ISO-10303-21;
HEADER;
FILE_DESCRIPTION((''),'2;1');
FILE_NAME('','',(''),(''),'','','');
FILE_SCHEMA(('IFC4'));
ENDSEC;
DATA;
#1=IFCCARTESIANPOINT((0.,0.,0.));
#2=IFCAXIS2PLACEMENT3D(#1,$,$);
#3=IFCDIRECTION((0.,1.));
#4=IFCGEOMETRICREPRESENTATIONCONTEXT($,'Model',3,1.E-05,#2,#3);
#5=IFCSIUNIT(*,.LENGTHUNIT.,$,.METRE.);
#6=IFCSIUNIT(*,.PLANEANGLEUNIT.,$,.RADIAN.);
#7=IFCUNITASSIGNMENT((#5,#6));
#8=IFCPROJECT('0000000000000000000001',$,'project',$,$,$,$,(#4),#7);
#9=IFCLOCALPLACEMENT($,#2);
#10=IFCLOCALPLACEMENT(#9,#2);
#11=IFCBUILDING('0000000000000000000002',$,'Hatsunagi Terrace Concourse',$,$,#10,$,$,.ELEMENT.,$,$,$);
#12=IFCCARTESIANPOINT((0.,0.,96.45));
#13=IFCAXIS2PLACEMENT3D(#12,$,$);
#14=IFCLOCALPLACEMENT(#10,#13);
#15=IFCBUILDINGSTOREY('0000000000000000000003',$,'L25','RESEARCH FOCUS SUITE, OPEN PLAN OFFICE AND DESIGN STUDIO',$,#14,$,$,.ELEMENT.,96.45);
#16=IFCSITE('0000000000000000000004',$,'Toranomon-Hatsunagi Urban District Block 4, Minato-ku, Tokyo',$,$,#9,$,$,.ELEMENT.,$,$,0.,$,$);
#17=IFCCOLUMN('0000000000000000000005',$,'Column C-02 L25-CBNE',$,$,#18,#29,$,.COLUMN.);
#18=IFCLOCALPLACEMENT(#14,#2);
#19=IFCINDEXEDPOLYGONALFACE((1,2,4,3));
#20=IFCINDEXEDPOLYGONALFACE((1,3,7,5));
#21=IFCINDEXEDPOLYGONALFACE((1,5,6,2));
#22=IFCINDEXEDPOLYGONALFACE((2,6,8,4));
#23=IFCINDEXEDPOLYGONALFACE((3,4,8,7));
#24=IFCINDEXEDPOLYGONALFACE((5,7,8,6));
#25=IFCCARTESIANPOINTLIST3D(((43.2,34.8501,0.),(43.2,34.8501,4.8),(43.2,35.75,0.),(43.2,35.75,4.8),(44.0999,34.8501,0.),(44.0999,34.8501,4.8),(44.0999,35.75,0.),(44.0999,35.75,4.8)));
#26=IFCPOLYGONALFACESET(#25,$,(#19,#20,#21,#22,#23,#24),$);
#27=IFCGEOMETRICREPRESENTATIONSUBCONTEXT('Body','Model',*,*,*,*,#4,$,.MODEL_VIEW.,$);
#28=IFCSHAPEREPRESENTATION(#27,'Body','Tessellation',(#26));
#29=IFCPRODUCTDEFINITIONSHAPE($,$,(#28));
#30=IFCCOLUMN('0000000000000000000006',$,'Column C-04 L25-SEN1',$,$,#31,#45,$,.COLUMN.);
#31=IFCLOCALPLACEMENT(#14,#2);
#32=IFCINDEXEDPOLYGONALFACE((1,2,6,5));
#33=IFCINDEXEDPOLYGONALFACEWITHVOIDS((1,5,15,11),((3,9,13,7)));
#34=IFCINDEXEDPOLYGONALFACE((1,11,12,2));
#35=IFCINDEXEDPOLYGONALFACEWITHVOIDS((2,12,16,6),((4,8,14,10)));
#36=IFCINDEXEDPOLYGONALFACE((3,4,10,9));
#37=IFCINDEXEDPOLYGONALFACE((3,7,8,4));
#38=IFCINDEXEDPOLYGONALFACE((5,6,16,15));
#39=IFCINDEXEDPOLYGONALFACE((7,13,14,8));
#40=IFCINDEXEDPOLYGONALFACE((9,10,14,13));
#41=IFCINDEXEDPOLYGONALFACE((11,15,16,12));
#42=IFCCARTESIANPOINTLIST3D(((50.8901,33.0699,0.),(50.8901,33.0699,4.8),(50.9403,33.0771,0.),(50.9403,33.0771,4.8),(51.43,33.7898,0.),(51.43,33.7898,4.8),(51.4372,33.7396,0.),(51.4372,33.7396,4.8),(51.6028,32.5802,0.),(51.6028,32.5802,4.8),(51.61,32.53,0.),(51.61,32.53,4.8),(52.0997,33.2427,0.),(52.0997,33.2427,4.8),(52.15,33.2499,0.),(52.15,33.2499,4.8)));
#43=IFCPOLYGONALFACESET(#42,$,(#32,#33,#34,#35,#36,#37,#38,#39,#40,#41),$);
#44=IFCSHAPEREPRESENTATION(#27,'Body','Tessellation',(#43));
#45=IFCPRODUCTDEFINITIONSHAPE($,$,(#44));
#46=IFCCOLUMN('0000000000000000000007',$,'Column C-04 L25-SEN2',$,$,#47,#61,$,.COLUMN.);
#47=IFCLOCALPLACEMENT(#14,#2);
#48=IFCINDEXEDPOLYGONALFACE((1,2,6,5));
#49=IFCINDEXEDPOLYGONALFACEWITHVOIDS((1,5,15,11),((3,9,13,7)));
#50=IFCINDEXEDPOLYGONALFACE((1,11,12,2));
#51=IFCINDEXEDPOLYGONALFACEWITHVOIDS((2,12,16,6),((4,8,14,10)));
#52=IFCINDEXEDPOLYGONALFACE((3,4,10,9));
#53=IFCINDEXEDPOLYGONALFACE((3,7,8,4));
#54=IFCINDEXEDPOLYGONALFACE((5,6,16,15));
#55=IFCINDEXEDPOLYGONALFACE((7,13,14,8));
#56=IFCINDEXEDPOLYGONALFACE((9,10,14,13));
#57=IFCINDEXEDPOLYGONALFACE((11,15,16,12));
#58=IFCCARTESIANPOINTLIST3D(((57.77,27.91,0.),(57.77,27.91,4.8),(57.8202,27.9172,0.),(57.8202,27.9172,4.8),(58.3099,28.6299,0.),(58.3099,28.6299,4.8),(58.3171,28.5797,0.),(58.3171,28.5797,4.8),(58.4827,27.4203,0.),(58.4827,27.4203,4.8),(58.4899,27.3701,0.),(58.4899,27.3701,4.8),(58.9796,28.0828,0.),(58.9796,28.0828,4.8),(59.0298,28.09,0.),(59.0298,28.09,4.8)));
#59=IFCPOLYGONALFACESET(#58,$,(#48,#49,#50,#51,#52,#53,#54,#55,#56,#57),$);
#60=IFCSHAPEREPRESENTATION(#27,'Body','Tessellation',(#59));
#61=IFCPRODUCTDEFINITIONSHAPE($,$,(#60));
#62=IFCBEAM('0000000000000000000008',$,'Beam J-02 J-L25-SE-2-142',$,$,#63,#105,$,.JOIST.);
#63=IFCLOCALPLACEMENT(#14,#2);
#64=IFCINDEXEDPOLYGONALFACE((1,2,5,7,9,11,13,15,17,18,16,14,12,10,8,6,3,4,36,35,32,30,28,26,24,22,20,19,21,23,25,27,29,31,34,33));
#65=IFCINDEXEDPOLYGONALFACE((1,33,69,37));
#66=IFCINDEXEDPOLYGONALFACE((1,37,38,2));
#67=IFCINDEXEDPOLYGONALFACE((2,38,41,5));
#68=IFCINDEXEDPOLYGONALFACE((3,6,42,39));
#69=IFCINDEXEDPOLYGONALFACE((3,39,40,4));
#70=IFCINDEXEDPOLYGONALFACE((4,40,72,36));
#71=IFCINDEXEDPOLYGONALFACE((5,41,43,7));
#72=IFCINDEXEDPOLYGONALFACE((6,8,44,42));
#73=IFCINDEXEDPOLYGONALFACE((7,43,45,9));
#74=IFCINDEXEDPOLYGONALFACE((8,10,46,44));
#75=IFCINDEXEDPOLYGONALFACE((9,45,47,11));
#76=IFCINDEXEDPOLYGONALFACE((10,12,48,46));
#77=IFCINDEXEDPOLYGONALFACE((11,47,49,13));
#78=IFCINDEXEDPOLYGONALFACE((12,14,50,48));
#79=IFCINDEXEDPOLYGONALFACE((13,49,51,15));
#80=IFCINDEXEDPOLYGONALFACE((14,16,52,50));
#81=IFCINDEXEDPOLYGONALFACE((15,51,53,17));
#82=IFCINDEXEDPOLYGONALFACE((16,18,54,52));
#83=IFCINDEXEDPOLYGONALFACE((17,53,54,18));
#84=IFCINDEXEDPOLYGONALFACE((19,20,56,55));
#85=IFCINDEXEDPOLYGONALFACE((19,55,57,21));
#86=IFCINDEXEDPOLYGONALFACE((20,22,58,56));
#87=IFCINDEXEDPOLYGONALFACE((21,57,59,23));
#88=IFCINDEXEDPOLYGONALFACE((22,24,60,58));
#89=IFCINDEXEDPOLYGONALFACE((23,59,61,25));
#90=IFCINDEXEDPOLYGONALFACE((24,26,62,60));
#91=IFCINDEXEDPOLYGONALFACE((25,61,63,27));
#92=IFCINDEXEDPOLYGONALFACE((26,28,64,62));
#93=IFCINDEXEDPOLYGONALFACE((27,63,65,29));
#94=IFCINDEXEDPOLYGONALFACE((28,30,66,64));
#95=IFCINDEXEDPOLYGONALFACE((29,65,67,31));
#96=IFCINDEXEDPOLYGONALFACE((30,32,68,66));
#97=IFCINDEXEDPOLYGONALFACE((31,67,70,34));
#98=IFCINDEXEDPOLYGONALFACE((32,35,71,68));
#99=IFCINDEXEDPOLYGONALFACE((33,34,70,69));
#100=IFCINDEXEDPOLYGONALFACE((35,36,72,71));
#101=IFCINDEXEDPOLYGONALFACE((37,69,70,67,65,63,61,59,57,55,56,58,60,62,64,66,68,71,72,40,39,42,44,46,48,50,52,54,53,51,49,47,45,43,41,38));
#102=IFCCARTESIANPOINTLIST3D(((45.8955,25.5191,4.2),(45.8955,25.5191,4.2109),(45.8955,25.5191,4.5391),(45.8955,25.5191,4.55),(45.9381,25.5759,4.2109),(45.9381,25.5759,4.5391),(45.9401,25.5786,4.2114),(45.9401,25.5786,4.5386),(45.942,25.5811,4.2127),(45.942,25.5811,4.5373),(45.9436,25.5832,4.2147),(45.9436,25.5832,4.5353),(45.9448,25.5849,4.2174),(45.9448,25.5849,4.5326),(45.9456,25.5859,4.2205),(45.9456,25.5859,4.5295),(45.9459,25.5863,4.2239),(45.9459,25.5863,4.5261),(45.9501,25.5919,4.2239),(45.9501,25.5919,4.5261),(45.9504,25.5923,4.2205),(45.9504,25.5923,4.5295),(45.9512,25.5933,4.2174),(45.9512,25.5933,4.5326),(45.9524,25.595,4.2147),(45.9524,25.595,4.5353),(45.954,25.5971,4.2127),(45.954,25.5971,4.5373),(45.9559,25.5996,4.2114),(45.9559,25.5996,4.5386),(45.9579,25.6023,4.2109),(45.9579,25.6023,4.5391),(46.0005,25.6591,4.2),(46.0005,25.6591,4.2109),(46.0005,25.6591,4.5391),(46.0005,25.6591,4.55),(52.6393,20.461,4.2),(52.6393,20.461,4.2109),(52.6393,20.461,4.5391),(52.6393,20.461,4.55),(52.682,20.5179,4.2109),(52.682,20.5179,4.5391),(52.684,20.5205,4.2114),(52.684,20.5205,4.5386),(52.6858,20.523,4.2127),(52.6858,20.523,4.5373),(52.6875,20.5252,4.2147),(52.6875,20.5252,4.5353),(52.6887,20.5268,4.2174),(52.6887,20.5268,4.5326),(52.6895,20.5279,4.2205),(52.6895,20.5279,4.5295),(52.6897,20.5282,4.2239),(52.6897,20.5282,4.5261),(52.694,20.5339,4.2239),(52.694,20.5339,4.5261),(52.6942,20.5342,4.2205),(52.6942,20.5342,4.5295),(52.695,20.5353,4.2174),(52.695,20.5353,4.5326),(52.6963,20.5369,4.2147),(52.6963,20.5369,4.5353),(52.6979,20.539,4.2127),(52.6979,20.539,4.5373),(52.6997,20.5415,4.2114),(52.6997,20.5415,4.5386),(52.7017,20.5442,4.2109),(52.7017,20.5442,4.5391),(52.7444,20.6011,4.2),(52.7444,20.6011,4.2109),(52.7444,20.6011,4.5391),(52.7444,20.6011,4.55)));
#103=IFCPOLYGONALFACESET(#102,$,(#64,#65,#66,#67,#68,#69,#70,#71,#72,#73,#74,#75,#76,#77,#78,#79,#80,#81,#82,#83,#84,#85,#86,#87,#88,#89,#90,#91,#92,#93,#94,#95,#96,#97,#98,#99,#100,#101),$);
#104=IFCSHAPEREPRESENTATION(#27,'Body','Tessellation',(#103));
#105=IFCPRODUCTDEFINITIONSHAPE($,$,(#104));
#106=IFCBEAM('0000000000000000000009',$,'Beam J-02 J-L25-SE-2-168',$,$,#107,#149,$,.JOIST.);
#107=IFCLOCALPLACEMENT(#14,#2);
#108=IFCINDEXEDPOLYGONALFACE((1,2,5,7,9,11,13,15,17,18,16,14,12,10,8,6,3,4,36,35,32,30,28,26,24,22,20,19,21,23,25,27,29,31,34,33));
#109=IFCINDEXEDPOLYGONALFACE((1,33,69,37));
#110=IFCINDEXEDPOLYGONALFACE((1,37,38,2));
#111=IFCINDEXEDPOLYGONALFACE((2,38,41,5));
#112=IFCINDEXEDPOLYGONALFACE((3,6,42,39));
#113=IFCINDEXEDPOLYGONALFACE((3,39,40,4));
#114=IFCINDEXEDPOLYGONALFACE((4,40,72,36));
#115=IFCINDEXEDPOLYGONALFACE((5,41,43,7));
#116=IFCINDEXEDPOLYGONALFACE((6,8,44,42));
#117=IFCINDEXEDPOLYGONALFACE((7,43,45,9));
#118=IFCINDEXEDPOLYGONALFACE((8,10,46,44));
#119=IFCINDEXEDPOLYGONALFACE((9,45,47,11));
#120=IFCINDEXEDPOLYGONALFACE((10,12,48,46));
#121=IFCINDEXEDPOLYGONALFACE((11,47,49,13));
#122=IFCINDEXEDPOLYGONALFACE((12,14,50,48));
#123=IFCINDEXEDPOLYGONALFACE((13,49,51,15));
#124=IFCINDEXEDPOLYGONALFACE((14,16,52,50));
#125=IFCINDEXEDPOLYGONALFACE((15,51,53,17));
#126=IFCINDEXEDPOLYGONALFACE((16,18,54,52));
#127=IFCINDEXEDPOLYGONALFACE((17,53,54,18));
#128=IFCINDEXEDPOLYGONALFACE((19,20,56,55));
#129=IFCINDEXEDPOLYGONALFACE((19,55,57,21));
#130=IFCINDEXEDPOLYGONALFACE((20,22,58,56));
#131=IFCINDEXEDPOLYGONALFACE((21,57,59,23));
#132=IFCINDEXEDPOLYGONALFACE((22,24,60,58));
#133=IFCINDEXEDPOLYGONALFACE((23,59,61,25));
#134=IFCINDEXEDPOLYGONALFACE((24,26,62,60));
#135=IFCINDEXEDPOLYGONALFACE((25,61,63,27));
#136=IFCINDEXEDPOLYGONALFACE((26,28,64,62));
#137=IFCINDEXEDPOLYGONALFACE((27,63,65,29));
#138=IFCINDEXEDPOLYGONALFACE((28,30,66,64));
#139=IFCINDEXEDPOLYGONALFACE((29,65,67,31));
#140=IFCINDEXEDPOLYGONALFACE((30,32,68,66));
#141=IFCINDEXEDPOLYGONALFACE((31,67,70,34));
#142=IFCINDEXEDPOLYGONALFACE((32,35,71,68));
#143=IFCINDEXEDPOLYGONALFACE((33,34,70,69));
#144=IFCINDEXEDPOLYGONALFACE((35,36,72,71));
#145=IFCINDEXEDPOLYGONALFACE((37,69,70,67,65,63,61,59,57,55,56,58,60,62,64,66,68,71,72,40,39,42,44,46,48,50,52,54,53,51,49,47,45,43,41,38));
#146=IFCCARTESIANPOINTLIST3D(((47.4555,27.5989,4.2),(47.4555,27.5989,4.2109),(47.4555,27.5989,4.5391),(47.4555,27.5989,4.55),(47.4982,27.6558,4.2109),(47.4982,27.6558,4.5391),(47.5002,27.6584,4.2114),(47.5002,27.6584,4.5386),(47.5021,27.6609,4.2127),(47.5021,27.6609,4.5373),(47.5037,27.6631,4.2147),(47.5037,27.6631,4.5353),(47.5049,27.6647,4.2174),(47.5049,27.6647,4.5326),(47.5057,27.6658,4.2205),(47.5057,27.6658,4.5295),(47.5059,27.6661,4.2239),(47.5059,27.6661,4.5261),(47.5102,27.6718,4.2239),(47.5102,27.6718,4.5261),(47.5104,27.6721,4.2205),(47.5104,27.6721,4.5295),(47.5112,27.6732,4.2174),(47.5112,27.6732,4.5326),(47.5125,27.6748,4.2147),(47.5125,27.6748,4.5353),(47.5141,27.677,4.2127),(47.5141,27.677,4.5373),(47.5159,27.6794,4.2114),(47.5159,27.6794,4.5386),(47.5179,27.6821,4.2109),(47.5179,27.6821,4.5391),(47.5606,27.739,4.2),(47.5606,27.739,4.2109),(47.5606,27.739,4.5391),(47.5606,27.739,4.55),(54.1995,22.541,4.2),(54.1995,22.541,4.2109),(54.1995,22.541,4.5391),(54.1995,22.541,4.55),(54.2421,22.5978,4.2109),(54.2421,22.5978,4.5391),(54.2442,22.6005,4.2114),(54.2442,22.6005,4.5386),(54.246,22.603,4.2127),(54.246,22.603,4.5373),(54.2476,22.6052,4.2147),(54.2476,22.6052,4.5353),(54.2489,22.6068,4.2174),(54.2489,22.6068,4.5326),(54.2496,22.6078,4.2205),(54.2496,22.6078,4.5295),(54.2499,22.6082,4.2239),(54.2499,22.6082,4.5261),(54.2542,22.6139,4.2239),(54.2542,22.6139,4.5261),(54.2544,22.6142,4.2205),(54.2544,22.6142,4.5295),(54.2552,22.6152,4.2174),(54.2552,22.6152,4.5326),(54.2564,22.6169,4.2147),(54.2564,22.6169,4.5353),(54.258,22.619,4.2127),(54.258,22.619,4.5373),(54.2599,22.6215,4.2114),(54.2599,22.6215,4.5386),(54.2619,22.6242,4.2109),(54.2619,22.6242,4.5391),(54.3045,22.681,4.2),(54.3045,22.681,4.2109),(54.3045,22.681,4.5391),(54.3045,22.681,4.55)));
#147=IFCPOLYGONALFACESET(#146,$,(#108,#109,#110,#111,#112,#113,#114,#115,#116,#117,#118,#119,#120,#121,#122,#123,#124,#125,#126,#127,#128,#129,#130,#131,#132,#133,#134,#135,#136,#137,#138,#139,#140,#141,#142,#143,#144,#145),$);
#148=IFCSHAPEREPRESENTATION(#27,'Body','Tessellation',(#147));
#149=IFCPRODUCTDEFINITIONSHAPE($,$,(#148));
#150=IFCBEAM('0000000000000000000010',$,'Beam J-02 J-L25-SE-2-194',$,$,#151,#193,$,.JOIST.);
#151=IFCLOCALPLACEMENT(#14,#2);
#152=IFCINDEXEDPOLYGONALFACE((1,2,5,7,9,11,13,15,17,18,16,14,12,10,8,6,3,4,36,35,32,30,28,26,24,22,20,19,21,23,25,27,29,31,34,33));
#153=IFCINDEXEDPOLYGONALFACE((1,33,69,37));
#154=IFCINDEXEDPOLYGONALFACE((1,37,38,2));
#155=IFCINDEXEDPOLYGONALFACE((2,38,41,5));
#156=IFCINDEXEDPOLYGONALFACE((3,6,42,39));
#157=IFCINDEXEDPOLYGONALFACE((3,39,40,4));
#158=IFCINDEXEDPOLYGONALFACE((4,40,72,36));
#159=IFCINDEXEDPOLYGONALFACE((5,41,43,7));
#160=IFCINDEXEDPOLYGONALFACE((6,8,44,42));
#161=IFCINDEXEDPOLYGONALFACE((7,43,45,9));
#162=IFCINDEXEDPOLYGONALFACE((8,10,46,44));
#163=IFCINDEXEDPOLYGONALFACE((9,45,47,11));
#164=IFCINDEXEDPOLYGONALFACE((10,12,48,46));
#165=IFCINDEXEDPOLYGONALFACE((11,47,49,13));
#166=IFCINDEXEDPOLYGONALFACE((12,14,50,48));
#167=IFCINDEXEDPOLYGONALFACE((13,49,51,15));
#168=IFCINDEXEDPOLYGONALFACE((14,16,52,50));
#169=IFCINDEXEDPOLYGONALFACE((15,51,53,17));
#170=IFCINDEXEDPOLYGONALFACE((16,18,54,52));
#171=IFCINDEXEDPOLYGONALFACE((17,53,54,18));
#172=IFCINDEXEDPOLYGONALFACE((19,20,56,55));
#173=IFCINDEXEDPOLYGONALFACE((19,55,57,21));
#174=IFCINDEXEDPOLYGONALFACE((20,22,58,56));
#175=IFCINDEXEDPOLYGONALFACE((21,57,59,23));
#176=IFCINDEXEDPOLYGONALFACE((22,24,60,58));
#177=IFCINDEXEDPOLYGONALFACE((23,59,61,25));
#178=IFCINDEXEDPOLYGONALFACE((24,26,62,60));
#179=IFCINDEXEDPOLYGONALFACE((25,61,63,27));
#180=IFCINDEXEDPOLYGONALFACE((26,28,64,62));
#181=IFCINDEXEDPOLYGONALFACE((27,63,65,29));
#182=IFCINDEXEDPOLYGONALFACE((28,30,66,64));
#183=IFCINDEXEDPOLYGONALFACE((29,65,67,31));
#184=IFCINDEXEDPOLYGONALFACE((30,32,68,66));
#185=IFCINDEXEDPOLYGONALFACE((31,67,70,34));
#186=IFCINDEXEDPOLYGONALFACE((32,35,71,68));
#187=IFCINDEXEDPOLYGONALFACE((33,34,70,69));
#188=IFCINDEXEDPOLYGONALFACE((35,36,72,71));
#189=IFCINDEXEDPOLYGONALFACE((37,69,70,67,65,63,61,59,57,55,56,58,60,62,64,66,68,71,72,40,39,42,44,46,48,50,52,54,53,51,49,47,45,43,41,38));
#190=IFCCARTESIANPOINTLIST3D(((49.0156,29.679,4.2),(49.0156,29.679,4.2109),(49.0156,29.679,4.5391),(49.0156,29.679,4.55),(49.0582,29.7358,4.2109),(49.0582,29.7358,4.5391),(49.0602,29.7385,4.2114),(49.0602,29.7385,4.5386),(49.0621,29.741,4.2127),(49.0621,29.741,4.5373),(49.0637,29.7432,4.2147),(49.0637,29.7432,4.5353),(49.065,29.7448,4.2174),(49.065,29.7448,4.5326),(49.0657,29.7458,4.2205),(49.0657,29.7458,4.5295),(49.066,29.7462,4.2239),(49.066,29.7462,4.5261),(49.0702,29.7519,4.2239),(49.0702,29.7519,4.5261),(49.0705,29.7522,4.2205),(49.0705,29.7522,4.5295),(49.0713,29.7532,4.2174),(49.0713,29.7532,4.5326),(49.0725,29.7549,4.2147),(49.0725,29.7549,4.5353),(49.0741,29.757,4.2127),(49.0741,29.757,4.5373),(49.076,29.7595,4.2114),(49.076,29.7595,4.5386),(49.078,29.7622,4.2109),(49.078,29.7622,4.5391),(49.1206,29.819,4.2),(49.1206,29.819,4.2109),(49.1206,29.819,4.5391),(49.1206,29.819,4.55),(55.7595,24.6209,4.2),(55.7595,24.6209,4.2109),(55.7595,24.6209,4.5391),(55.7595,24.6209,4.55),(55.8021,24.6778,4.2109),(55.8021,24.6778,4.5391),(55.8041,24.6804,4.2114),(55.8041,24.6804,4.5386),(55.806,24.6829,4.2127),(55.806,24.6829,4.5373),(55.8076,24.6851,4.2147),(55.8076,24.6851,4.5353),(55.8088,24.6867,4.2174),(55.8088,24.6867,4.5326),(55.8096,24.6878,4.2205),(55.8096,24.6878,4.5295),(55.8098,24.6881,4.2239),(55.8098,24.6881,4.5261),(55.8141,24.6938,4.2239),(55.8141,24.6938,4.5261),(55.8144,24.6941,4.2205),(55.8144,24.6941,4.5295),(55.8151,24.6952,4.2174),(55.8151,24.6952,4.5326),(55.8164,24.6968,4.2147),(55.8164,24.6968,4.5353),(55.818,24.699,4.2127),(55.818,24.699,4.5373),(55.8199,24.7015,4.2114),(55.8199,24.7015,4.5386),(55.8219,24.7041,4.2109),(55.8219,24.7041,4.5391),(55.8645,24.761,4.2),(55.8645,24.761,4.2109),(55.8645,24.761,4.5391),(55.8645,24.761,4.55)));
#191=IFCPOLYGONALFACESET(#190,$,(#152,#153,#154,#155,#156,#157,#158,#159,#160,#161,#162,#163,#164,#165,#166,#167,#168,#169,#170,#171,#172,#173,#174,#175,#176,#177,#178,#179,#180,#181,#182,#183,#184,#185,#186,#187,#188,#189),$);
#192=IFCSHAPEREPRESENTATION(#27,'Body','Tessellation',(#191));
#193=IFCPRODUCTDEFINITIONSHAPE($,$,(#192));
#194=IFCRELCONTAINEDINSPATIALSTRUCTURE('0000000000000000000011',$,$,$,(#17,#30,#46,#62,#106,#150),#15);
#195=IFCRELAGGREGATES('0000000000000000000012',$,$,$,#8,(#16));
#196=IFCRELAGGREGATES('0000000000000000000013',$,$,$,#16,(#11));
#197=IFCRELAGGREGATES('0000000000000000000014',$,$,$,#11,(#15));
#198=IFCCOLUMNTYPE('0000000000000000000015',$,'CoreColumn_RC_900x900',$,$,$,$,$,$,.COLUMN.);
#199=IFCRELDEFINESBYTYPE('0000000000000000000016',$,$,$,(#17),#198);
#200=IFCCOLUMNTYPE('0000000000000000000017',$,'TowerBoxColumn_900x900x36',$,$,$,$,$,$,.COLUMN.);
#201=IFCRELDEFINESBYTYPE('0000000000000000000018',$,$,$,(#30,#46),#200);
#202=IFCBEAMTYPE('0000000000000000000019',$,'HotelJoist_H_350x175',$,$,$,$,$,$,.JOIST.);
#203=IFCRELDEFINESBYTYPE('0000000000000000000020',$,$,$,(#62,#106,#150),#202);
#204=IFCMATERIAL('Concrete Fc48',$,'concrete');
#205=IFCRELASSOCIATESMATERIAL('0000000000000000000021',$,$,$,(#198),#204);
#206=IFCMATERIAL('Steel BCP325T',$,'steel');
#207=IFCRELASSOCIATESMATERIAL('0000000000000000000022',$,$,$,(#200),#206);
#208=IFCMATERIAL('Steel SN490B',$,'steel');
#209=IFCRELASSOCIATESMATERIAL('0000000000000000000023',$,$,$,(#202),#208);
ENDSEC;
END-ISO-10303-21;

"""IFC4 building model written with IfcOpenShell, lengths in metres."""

from ifc_helpers import new_model, si_unit, direction, frame, origin, origin_2d, place, context, subcontext, project, spatial, rectangle, hollow_rectangle, i_section, extrude, material, material_profile, profile_set, type_object, element, save


model = new_model("IFC4")

# Units and contexts
model_context = context("Model", 3, precision=1e-05, world=origin(), true_north=direction((0.0, 1.0)))
body_context = subcontext(model_context, "Body", "Model", "MODEL_VIEW")
ifc_project = project(units=[si_unit("LENGTHUNIT", "METRE"), si_unit("PLANEANGLEUNIT", "RADIAN")], contexts=[model_context])

# Site, building, storey
site_placement = place(None, origin())
site = spatial("IfcSite", under=ifc_project, at=site_placement, Name="Toranomon-Hatsunagi Urban District Block 4, Minato-ku, Tokyo", CompositionType="ELEMENT", RefElevation=0.0)
building_placement = place(site_placement, origin())
building = spatial("IfcBuilding", under=site, at=building_placement, Name="Hatsunagi Terrace Concourse", CompositionType="ELEMENT")
storey_placement = place(building_placement, frame((0.0, 0.0, 96.45)))
storey = spatial("IfcBuildingStorey", under=building, at=storey_placement, Name="L25", Description="RESEARCH FOCUS SUITE, OPEN PLAN OFFICE AND DESIGN STUDIO", CompositionType="ELEMENT", Elevation=96.45)

# Columns
ifc_material_1 = material(Name="Concrete Fc48", Category="concrete")
ifc_material_profile_1 = material_profile(ifc_material_1, rectangle(XDim=0.8999, YDim=0.8999, at=origin_2d()), Name="RC-900x900")
ifc_profile_set_1 = profile_set([ifc_material_profile_1], Name="Concrete Fc48")
column_type_1 = type_object("IfcColumnType", Name="CoreColumn_RC_900x900", PredefinedType="COLUMN", material=ifc_profile_set_1)
column_placement = place(storey_placement, frame((43.6499, 35.3, 0.0), z_axis=(0.0, 0.0, 1.0), x_axis=(1.0, 0.0, 0.0)))
element("IfcColumn", 1, at=column_placement, inside=storey, type_object=column_type_1, Name="Column C-02 L25-CBNE", PredefinedType="COLUMN", context=body_context, shape_type="SweptSolid", body=[
    extrude(rectangle(XDim=0.8999, YDim=0.8999, at=origin_2d()), origin(), (0.0, 0.0, 1.0), 4.8),
])
ifc_material_2 = material(Name="Steel BCP325T", Category="steel")
ifc_material_profile_2 = material_profile(ifc_material_2, hollow_rectangle(XDim=0.8999, YDim=0.8999, WallThickness=0.0359, at=origin_2d()), Name="BCP-900x900x36")
ifc_profile_set_2 = profile_set([ifc_material_profile_2], Name="Steel BCP325T")
column_type_2 = type_object("IfcColumnType", Name="TowerBoxColumn_900x900x36", PredefinedType="COLUMN", material=ifc_profile_set_2)
for number, where, z_axis, x_axis, name in (
    (2, (51.52, 33.1599, 0.0), (0.0, 0.0, 1.0), (0.8, -0.6, 0.0), "Column C-04 L25-SEN1"),
    (3, (58.3999, 28.0, 0.0), (0.0, 0.0, 1.0), (0.8, -0.6, 0.0), "Column C-04 L25-SEN2"),
):
    element("IfcColumn", number, at=place(storey_placement, frame(where, z_axis=z_axis, x_axis=x_axis)), inside=storey, type_object=column_type_2, Name=name, PredefinedType="COLUMN", context=body_context, shape_type="SweptSolid", body=[
        extrude(hollow_rectangle(XDim=0.8999, YDim=0.8999, WallThickness=0.0359, at=origin_2d()), origin(), (0.0, 0.0, 1.0), 4.8),
    ])

# Beams
ifc_material_3 = material(Name="Steel SN490B", Category="steel")
ifc_material_profile_3 = material_profile(ifc_material_3, i_section(OverallWidth=0.175, OverallDepth=0.3501, WebThickness=0.0071, FlangeThickness=0.011, FilletRadius=0.0129, at=origin_2d()), Name="H-350x175x7x11")
ifc_profile_set_3 = profile_set([ifc_material_profile_3], Name="Steel SN490B")
beam_type_1 = type_object("IfcBeamType", Name="HotelJoist_H_350x175", PredefinedType="JOIST", material=ifc_profile_set_3)
for number, where, z_axis, x_axis, name in (
    (4, (45.948, 25.5891, 4.375), (0.79999, -0.600014, 0.0), (0.600014, 0.79999, 0.0), "Beam J-02 J-L25-SE-2-142"),
    (5, (47.5081, 27.6689, 4.375), (0.800003, -0.599995, 0.0), (0.599995, 0.800003, 0.0), "Beam J-02 J-L25-SE-2-168"),
    (6, (49.0681, 29.749, 4.375), (0.79999, -0.600014, 0.0), (0.600014, 0.79999, 0.0), "Beam J-02 J-L25-SE-2-194"),
):
    element("IfcBeam", number, at=place(storey_placement, frame(where, z_axis=z_axis, x_axis=x_axis)), inside=storey, type_object=beam_type_1, Name=name, PredefinedType="JOIST", context=body_context, shape_type="SweptSolid", body=[
        extrude(i_section(OverallWidth=0.175, OverallDepth=0.3501, WebThickness=0.0071, FlangeThickness=0.011, FilletRadius=0.0129, at=origin_2d()), origin(), (0.0, 0.0, 1.0), 8.4299),
    ])

save(model, "model.ifc")
